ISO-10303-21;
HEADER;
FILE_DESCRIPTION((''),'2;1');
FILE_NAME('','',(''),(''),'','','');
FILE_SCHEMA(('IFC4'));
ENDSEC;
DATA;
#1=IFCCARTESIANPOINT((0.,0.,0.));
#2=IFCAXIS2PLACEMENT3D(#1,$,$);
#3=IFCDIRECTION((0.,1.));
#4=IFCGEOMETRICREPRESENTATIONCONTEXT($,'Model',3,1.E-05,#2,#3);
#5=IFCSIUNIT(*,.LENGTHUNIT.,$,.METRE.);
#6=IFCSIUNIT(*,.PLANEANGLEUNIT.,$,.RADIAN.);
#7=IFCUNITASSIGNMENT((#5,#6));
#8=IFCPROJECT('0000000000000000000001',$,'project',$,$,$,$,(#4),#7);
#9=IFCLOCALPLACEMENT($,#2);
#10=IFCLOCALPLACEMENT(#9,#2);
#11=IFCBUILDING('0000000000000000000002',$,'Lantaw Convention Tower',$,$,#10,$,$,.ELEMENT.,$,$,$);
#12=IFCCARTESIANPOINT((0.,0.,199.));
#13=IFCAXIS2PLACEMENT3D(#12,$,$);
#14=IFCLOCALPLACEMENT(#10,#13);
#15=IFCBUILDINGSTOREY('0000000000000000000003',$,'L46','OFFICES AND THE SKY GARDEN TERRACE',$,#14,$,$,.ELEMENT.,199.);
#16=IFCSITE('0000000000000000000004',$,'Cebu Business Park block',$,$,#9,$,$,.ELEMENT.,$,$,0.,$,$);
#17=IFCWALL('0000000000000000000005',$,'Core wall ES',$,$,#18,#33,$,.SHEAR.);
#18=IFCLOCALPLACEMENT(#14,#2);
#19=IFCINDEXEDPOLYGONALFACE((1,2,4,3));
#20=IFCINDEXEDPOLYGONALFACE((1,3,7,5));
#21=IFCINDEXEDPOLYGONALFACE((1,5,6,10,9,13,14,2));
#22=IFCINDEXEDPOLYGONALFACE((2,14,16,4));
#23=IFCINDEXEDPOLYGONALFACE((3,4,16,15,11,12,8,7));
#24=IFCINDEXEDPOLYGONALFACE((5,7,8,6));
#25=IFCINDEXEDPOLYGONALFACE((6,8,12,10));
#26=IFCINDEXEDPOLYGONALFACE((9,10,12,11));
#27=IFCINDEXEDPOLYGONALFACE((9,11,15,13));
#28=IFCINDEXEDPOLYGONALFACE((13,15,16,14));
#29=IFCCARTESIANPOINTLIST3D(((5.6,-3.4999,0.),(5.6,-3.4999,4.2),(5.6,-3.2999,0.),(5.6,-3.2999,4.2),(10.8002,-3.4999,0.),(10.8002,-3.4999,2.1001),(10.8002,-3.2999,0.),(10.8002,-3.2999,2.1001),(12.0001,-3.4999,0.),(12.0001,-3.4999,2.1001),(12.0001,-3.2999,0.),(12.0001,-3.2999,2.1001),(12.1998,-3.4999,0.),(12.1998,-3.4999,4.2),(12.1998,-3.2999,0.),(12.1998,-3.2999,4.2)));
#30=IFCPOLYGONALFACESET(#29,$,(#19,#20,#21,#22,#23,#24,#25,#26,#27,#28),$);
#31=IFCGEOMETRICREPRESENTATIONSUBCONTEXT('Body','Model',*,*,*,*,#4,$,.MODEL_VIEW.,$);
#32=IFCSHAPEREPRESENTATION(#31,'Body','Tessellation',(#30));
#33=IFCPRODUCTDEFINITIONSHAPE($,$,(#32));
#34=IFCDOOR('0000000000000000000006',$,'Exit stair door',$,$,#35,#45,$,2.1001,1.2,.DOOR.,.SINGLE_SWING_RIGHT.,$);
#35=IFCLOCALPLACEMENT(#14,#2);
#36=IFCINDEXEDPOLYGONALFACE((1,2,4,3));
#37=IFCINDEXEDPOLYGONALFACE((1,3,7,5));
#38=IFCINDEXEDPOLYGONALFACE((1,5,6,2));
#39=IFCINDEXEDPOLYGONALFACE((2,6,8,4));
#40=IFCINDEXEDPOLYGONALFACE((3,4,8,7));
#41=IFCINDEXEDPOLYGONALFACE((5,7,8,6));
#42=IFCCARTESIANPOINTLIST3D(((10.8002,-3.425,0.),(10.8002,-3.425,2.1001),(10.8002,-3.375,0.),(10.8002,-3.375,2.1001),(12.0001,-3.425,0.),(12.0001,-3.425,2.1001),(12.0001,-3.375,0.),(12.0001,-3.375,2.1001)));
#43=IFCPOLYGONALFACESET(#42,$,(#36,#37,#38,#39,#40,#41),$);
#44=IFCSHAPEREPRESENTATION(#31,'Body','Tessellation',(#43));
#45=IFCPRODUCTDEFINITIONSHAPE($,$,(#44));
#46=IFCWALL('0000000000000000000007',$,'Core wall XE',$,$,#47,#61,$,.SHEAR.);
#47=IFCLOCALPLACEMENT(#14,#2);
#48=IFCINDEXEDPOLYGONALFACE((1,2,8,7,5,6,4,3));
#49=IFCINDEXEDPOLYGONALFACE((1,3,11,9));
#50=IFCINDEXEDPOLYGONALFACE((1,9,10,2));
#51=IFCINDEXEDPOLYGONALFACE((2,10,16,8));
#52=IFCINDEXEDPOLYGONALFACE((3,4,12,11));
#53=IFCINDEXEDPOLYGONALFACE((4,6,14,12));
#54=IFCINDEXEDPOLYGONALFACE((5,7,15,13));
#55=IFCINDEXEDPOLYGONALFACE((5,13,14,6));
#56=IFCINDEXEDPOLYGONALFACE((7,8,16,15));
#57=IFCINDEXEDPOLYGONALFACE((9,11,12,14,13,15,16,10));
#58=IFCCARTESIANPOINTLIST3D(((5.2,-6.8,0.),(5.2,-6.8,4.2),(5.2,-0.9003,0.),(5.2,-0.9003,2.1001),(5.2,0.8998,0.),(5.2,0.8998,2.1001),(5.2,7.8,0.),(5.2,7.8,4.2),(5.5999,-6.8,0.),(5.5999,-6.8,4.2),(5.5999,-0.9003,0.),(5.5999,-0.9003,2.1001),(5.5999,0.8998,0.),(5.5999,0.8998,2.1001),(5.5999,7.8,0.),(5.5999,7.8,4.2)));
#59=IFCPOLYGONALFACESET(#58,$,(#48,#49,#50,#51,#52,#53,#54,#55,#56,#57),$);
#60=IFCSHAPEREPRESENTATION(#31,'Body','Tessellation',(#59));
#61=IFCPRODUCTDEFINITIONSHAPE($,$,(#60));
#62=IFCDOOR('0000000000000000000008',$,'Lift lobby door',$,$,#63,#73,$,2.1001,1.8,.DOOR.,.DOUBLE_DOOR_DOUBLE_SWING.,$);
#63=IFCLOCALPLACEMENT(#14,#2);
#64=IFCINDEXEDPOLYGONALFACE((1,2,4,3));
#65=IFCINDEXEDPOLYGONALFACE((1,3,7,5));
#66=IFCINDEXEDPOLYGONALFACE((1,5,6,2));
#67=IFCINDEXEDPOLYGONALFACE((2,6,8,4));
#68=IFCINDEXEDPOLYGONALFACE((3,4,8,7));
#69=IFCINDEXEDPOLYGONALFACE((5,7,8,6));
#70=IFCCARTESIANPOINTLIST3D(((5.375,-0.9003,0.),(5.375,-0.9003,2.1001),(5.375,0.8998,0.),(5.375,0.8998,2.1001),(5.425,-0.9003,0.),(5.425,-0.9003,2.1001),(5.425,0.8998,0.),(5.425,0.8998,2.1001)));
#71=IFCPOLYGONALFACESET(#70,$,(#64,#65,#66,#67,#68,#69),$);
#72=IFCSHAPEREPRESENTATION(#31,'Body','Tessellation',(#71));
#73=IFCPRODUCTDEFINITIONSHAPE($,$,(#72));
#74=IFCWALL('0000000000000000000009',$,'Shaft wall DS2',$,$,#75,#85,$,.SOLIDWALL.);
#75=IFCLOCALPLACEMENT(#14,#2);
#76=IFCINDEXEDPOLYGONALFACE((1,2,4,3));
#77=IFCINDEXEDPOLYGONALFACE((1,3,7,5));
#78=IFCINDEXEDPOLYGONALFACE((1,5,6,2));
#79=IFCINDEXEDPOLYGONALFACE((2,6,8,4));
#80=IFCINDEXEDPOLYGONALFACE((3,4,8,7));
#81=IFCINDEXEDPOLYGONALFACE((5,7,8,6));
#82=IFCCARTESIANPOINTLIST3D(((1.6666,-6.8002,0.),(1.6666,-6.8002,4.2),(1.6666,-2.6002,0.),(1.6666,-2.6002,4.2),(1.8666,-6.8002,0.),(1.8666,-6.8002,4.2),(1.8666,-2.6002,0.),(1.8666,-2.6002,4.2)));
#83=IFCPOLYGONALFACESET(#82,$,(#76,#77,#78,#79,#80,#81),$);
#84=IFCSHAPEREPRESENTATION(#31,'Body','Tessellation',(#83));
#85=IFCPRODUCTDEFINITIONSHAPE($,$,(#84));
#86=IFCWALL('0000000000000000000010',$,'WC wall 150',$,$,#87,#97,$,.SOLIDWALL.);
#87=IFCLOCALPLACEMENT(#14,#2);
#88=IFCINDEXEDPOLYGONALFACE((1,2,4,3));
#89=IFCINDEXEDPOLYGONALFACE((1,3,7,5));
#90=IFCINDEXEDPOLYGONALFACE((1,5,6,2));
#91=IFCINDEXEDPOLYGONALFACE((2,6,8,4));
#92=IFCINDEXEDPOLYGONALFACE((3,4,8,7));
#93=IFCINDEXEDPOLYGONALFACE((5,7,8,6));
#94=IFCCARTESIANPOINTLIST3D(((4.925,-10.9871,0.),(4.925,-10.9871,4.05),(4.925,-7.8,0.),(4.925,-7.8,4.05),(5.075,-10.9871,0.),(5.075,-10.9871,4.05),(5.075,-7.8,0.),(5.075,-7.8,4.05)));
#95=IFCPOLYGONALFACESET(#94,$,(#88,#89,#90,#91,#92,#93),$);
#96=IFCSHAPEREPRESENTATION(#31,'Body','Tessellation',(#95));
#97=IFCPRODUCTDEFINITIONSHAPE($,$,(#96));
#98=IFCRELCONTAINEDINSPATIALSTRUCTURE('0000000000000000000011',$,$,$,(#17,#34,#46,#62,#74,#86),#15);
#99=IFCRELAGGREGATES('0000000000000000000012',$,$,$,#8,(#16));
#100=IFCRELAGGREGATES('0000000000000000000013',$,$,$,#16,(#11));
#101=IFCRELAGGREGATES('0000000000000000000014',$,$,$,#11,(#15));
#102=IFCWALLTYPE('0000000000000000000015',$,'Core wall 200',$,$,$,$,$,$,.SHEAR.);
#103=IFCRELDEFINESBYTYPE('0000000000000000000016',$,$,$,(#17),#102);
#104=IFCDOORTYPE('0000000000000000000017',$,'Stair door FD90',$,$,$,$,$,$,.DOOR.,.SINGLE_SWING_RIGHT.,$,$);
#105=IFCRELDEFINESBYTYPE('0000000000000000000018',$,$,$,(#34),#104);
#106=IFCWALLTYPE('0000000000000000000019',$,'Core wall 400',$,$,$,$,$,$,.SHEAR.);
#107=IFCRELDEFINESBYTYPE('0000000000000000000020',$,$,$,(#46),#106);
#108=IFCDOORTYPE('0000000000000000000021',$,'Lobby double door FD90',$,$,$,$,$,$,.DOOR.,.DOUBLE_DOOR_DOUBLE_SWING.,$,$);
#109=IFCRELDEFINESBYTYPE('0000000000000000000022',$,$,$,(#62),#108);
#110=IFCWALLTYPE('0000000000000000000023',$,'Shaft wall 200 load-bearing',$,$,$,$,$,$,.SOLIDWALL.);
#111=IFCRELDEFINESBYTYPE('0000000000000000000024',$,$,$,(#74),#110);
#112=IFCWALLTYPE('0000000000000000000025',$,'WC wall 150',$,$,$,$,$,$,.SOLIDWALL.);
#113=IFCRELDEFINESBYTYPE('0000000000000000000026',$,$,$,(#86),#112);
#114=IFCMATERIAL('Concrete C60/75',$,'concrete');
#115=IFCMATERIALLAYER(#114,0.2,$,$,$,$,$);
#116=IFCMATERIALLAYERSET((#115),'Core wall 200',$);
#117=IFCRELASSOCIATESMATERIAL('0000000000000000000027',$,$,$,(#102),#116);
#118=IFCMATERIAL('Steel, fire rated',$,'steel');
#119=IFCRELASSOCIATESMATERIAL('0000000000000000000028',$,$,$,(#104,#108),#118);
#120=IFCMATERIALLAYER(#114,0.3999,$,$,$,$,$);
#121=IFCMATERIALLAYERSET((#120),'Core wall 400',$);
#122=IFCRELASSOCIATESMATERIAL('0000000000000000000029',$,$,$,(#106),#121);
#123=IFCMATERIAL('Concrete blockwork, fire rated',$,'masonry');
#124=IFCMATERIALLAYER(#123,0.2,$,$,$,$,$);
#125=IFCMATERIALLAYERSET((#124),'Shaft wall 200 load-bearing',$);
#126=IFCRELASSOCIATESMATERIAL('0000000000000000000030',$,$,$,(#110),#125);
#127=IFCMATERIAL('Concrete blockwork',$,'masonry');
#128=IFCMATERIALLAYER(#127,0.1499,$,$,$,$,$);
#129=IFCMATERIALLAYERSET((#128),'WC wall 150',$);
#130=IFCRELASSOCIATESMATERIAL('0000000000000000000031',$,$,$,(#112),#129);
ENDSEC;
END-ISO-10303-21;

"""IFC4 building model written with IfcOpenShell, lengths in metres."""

from ifc_helpers import new_model, si_unit, direction, frame, frame_2d, origin, place, context, subcontext, project, spatial, rectangle, extrude, material, layer, layer_set, type_object, element, fill, save


model = new_model("IFC4")

# Units and contexts
model_context = context("Model", 3, precision=1e-05, world=origin(), true_north=direction((0.0, 1.0)))
body_context = subcontext(model_context, "Body", "Model", "MODEL_VIEW")
ifc_project = project(units=[si_unit("LENGTHUNIT", "METRE"), si_unit("PLANEANGLEUNIT", "RADIAN")], contexts=[model_context])

# Site, building, storey
site_placement = place(None, origin())
site = spatial("IfcSite", under=ifc_project, at=site_placement, Name="Cebu Business Park block", CompositionType="ELEMENT", RefElevation=0.0)
building_placement = place(site_placement, origin())
building = spatial("IfcBuilding", under=site, at=building_placement, Name="Lantaw Convention Tower", CompositionType="ELEMENT")
storey_placement = place(building_placement, frame((0.0, 0.0, 199.0)))
storey = spatial("IfcBuildingStorey", under=building, at=storey_placement, Name="L46", Description="OFFICES AND THE SKY GARDEN TERRACE", CompositionType="ELEMENT", Elevation=199.0)

# Walls, openings, doors
ifc_material_1 = material(Name="Concrete C60/75", Category="concrete")
ifc_layer_1 = layer(ifc_material_1, 0.2)
ifc_layer_set_1 = layer_set([ifc_layer_1], Name="Core wall 200")
wall_type_1 = type_object("IfcWallType", Name="Core wall 200", PredefinedType="SHEAR", material=ifc_layer_set_1)
wall_1_placement = place(storey_placement, frame((5.6001, -3.3999, 0.0), z_axis=(0.0, 0.0, 1.0), x_axis=(1.0, 0.0, 0.0)))
wall_1 = element("IfcWall", 1, at=wall_1_placement, inside=storey, type_object=wall_type_1, Name="Core wall ES", PredefinedType="SHEAR", context=body_context, shape_type="SweptSolid", body=[
    extrude(rectangle(XDim=6.5999, YDim=0.2, at=frame_2d((3.2998, 0.0))), origin(), (0.0, 0.0, 1.0), 4.2),
])
opening_1_placement = place(wall_1_placement, frame((5.2, 0.0, 0.0)))
opening_1 = element("IfcOpeningElement", 2, at=opening_1_placement, cuts=wall_1, PredefinedType="OPENING", context=body_context, shape_type="SweptSolid", body=[
    extrude(rectangle(XDim=1.2, YDim=2.1001, at=frame_2d((0.6001, 1.05))), frame((0.0, 0.1099, 0.0), z_axis=(0.0, -1.0, 0.0), x_axis=(1.0, 0.0, 0.0)), (0.0, 0.0, 1.0), 0.22),
])
ifc_material_2 = material(Name="Steel, fire rated", Category="steel")
door_type_1 = type_object("IfcDoorType", Name="Stair door FD90", OperationType="SINGLE_SWING_RIGHT", PredefinedType="DOOR", material=ifc_material_2)
door_1_placement = place(opening_1_placement, origin())
door_1 = element("IfcDoor", 3, at=door_1_placement, inside=storey, type_object=door_type_1, Name="Exit stair door", OperationType="SINGLE_SWING_RIGHT", OverallHeight=2.1001, OverallWidth=1.2, PredefinedType="DOOR", context=body_context, shape_type="SweptSolid", body=[
    extrude(rectangle(XDim=1.2, YDim=2.1001, at=frame_2d((0.6001, 1.05))), frame((0.0, 0.0249, 0.0), z_axis=(0.0, -1.0, 0.0), x_axis=(1.0, 0.0, 0.0)), (0.0, 0.0, 1.0), 0.05),
])
fill(opening_1, door_1)
ifc_layer_2 = layer(ifc_material_1, 0.3999)
ifc_layer_set_2 = layer_set([ifc_layer_2], Name="Core wall 400")
wall_type_2 = type_object("IfcWallType", Name="Core wall 400", PredefinedType="SHEAR", material=ifc_layer_set_2)
wall_2_placement = place(storey_placement, frame((5.3999, -6.8, 0.0), z_axis=(0.0, 0.0, 1.0), x_axis=(0.0, 1.0, 0.0)))
wall_2 = element("IfcWall", 4, at=wall_2_placement, inside=storey, type_object=wall_type_2, Name="Core wall XE", PredefinedType="SHEAR", context=body_context, shape_type="SweptSolid", body=[
    extrude(rectangle(XDim=14.6001, YDim=0.3999, at=frame_2d((7.3, 0.0))), origin(), (0.0, 0.0, 1.0), 4.2),
])
opening_2_placement = place(wall_2_placement, frame((5.8999, 0.0, 0.0)))
opening_2 = element("IfcOpeningElement", 5, at=opening_2_placement, cuts=wall_2, PredefinedType="OPENING", context=body_context, shape_type="SweptSolid", body=[
    extrude(rectangle(XDim=1.8, YDim=2.1001, at=frame_2d((0.8999, 1.05))), frame((0.0, 0.21, 0.0), z_axis=(0.0, -1.0, 0.0), x_axis=(1.0, 0.0, 0.0)), (0.0, 0.0, 1.0), 0.4199),
])
door_type_2 = type_object("IfcDoorType", Name="Lobby double door FD90", OperationType="DOUBLE_DOOR_DOUBLE_SWING", PredefinedType="DOOR", material=ifc_material_2)
door_2_placement = place(opening_2_placement, origin())
door_2 = element("IfcDoor", 6, at=door_2_placement, inside=storey, type_object=door_type_2, Name="Lift lobby door", OperationType="DOUBLE_DOOR_DOUBLE_SWING", OverallHeight=2.1001, OverallWidth=1.8, PredefinedType="DOOR", context=body_context, shape_type="SweptSolid", body=[
    extrude(rectangle(XDim=1.8, YDim=2.1001, at=frame_2d((0.8999, 1.05))), frame((0.0, 0.0249, 0.0), z_axis=(0.0, -1.0, 0.0), x_axis=(1.0, 0.0, 0.0)), (0.0, 0.0, 1.0), 0.05),
])
fill(opening_2, door_2)

# Walls
ifc_material_3 = material(Name="Concrete blockwork, fire rated", Category="masonry")
ifc_layer_3 = layer(ifc_material_3, 0.2)
ifc_layer_set_3 = layer_set([ifc_layer_3], Name="Shaft wall 200 load-bearing")
wall_type_3 = type_object("IfcWallType", Name="Shaft wall 200 load-bearing", PredefinedType="SOLIDWALL", material=ifc_layer_set_3)
wall_3_placement = place(storey_placement, frame((1.7666, -2.6001, 0.0), z_axis=(0.0, 0.0, 1.0), x_axis=(0.0, -1.0, 0.0)))
element("IfcWall", 7, at=wall_3_placement, inside=storey, type_object=wall_type_3, Name="Shaft wall DS2", PredefinedType="SOLIDWALL", context=body_context, shape_type="SweptSolid", body=[
    extrude(rectangle(XDim=4.2, YDim=0.2, at=frame_2d((2.1001, 0.0))), origin(), (0.0, 0.0, 1.0), 4.2),
])
ifc_material_4 = material(Name="Concrete blockwork", Category="masonry")
ifc_layer_4 = layer(ifc_material_4, 0.1499)
ifc_layer_set_4 = layer_set([ifc_layer_4], Name="WC wall 150")
wall_type_4 = type_object("IfcWallType", Name="WC wall 150", PredefinedType="SOLIDWALL", material=ifc_layer_set_4)
wall_4_placement = place(storey_placement, frame((5.0, -7.8, 0.0), z_axis=(0.0, 0.0, 1.0), x_axis=(0.0, -1.0, 0.0)))
element("IfcWall", 8, at=wall_4_placement, inside=storey, type_object=wall_type_4, Name="WC wall 150", PredefinedType="SOLIDWALL", context=body_context, shape_type="SweptSolid", body=[
    extrude(rectangle(XDim=3.187, YDim=0.1499, at=frame_2d((1.5935, 0.0))), origin(), (0.0, 0.0, 1.0), 4.05),
])

save(model, "model.ifc")
